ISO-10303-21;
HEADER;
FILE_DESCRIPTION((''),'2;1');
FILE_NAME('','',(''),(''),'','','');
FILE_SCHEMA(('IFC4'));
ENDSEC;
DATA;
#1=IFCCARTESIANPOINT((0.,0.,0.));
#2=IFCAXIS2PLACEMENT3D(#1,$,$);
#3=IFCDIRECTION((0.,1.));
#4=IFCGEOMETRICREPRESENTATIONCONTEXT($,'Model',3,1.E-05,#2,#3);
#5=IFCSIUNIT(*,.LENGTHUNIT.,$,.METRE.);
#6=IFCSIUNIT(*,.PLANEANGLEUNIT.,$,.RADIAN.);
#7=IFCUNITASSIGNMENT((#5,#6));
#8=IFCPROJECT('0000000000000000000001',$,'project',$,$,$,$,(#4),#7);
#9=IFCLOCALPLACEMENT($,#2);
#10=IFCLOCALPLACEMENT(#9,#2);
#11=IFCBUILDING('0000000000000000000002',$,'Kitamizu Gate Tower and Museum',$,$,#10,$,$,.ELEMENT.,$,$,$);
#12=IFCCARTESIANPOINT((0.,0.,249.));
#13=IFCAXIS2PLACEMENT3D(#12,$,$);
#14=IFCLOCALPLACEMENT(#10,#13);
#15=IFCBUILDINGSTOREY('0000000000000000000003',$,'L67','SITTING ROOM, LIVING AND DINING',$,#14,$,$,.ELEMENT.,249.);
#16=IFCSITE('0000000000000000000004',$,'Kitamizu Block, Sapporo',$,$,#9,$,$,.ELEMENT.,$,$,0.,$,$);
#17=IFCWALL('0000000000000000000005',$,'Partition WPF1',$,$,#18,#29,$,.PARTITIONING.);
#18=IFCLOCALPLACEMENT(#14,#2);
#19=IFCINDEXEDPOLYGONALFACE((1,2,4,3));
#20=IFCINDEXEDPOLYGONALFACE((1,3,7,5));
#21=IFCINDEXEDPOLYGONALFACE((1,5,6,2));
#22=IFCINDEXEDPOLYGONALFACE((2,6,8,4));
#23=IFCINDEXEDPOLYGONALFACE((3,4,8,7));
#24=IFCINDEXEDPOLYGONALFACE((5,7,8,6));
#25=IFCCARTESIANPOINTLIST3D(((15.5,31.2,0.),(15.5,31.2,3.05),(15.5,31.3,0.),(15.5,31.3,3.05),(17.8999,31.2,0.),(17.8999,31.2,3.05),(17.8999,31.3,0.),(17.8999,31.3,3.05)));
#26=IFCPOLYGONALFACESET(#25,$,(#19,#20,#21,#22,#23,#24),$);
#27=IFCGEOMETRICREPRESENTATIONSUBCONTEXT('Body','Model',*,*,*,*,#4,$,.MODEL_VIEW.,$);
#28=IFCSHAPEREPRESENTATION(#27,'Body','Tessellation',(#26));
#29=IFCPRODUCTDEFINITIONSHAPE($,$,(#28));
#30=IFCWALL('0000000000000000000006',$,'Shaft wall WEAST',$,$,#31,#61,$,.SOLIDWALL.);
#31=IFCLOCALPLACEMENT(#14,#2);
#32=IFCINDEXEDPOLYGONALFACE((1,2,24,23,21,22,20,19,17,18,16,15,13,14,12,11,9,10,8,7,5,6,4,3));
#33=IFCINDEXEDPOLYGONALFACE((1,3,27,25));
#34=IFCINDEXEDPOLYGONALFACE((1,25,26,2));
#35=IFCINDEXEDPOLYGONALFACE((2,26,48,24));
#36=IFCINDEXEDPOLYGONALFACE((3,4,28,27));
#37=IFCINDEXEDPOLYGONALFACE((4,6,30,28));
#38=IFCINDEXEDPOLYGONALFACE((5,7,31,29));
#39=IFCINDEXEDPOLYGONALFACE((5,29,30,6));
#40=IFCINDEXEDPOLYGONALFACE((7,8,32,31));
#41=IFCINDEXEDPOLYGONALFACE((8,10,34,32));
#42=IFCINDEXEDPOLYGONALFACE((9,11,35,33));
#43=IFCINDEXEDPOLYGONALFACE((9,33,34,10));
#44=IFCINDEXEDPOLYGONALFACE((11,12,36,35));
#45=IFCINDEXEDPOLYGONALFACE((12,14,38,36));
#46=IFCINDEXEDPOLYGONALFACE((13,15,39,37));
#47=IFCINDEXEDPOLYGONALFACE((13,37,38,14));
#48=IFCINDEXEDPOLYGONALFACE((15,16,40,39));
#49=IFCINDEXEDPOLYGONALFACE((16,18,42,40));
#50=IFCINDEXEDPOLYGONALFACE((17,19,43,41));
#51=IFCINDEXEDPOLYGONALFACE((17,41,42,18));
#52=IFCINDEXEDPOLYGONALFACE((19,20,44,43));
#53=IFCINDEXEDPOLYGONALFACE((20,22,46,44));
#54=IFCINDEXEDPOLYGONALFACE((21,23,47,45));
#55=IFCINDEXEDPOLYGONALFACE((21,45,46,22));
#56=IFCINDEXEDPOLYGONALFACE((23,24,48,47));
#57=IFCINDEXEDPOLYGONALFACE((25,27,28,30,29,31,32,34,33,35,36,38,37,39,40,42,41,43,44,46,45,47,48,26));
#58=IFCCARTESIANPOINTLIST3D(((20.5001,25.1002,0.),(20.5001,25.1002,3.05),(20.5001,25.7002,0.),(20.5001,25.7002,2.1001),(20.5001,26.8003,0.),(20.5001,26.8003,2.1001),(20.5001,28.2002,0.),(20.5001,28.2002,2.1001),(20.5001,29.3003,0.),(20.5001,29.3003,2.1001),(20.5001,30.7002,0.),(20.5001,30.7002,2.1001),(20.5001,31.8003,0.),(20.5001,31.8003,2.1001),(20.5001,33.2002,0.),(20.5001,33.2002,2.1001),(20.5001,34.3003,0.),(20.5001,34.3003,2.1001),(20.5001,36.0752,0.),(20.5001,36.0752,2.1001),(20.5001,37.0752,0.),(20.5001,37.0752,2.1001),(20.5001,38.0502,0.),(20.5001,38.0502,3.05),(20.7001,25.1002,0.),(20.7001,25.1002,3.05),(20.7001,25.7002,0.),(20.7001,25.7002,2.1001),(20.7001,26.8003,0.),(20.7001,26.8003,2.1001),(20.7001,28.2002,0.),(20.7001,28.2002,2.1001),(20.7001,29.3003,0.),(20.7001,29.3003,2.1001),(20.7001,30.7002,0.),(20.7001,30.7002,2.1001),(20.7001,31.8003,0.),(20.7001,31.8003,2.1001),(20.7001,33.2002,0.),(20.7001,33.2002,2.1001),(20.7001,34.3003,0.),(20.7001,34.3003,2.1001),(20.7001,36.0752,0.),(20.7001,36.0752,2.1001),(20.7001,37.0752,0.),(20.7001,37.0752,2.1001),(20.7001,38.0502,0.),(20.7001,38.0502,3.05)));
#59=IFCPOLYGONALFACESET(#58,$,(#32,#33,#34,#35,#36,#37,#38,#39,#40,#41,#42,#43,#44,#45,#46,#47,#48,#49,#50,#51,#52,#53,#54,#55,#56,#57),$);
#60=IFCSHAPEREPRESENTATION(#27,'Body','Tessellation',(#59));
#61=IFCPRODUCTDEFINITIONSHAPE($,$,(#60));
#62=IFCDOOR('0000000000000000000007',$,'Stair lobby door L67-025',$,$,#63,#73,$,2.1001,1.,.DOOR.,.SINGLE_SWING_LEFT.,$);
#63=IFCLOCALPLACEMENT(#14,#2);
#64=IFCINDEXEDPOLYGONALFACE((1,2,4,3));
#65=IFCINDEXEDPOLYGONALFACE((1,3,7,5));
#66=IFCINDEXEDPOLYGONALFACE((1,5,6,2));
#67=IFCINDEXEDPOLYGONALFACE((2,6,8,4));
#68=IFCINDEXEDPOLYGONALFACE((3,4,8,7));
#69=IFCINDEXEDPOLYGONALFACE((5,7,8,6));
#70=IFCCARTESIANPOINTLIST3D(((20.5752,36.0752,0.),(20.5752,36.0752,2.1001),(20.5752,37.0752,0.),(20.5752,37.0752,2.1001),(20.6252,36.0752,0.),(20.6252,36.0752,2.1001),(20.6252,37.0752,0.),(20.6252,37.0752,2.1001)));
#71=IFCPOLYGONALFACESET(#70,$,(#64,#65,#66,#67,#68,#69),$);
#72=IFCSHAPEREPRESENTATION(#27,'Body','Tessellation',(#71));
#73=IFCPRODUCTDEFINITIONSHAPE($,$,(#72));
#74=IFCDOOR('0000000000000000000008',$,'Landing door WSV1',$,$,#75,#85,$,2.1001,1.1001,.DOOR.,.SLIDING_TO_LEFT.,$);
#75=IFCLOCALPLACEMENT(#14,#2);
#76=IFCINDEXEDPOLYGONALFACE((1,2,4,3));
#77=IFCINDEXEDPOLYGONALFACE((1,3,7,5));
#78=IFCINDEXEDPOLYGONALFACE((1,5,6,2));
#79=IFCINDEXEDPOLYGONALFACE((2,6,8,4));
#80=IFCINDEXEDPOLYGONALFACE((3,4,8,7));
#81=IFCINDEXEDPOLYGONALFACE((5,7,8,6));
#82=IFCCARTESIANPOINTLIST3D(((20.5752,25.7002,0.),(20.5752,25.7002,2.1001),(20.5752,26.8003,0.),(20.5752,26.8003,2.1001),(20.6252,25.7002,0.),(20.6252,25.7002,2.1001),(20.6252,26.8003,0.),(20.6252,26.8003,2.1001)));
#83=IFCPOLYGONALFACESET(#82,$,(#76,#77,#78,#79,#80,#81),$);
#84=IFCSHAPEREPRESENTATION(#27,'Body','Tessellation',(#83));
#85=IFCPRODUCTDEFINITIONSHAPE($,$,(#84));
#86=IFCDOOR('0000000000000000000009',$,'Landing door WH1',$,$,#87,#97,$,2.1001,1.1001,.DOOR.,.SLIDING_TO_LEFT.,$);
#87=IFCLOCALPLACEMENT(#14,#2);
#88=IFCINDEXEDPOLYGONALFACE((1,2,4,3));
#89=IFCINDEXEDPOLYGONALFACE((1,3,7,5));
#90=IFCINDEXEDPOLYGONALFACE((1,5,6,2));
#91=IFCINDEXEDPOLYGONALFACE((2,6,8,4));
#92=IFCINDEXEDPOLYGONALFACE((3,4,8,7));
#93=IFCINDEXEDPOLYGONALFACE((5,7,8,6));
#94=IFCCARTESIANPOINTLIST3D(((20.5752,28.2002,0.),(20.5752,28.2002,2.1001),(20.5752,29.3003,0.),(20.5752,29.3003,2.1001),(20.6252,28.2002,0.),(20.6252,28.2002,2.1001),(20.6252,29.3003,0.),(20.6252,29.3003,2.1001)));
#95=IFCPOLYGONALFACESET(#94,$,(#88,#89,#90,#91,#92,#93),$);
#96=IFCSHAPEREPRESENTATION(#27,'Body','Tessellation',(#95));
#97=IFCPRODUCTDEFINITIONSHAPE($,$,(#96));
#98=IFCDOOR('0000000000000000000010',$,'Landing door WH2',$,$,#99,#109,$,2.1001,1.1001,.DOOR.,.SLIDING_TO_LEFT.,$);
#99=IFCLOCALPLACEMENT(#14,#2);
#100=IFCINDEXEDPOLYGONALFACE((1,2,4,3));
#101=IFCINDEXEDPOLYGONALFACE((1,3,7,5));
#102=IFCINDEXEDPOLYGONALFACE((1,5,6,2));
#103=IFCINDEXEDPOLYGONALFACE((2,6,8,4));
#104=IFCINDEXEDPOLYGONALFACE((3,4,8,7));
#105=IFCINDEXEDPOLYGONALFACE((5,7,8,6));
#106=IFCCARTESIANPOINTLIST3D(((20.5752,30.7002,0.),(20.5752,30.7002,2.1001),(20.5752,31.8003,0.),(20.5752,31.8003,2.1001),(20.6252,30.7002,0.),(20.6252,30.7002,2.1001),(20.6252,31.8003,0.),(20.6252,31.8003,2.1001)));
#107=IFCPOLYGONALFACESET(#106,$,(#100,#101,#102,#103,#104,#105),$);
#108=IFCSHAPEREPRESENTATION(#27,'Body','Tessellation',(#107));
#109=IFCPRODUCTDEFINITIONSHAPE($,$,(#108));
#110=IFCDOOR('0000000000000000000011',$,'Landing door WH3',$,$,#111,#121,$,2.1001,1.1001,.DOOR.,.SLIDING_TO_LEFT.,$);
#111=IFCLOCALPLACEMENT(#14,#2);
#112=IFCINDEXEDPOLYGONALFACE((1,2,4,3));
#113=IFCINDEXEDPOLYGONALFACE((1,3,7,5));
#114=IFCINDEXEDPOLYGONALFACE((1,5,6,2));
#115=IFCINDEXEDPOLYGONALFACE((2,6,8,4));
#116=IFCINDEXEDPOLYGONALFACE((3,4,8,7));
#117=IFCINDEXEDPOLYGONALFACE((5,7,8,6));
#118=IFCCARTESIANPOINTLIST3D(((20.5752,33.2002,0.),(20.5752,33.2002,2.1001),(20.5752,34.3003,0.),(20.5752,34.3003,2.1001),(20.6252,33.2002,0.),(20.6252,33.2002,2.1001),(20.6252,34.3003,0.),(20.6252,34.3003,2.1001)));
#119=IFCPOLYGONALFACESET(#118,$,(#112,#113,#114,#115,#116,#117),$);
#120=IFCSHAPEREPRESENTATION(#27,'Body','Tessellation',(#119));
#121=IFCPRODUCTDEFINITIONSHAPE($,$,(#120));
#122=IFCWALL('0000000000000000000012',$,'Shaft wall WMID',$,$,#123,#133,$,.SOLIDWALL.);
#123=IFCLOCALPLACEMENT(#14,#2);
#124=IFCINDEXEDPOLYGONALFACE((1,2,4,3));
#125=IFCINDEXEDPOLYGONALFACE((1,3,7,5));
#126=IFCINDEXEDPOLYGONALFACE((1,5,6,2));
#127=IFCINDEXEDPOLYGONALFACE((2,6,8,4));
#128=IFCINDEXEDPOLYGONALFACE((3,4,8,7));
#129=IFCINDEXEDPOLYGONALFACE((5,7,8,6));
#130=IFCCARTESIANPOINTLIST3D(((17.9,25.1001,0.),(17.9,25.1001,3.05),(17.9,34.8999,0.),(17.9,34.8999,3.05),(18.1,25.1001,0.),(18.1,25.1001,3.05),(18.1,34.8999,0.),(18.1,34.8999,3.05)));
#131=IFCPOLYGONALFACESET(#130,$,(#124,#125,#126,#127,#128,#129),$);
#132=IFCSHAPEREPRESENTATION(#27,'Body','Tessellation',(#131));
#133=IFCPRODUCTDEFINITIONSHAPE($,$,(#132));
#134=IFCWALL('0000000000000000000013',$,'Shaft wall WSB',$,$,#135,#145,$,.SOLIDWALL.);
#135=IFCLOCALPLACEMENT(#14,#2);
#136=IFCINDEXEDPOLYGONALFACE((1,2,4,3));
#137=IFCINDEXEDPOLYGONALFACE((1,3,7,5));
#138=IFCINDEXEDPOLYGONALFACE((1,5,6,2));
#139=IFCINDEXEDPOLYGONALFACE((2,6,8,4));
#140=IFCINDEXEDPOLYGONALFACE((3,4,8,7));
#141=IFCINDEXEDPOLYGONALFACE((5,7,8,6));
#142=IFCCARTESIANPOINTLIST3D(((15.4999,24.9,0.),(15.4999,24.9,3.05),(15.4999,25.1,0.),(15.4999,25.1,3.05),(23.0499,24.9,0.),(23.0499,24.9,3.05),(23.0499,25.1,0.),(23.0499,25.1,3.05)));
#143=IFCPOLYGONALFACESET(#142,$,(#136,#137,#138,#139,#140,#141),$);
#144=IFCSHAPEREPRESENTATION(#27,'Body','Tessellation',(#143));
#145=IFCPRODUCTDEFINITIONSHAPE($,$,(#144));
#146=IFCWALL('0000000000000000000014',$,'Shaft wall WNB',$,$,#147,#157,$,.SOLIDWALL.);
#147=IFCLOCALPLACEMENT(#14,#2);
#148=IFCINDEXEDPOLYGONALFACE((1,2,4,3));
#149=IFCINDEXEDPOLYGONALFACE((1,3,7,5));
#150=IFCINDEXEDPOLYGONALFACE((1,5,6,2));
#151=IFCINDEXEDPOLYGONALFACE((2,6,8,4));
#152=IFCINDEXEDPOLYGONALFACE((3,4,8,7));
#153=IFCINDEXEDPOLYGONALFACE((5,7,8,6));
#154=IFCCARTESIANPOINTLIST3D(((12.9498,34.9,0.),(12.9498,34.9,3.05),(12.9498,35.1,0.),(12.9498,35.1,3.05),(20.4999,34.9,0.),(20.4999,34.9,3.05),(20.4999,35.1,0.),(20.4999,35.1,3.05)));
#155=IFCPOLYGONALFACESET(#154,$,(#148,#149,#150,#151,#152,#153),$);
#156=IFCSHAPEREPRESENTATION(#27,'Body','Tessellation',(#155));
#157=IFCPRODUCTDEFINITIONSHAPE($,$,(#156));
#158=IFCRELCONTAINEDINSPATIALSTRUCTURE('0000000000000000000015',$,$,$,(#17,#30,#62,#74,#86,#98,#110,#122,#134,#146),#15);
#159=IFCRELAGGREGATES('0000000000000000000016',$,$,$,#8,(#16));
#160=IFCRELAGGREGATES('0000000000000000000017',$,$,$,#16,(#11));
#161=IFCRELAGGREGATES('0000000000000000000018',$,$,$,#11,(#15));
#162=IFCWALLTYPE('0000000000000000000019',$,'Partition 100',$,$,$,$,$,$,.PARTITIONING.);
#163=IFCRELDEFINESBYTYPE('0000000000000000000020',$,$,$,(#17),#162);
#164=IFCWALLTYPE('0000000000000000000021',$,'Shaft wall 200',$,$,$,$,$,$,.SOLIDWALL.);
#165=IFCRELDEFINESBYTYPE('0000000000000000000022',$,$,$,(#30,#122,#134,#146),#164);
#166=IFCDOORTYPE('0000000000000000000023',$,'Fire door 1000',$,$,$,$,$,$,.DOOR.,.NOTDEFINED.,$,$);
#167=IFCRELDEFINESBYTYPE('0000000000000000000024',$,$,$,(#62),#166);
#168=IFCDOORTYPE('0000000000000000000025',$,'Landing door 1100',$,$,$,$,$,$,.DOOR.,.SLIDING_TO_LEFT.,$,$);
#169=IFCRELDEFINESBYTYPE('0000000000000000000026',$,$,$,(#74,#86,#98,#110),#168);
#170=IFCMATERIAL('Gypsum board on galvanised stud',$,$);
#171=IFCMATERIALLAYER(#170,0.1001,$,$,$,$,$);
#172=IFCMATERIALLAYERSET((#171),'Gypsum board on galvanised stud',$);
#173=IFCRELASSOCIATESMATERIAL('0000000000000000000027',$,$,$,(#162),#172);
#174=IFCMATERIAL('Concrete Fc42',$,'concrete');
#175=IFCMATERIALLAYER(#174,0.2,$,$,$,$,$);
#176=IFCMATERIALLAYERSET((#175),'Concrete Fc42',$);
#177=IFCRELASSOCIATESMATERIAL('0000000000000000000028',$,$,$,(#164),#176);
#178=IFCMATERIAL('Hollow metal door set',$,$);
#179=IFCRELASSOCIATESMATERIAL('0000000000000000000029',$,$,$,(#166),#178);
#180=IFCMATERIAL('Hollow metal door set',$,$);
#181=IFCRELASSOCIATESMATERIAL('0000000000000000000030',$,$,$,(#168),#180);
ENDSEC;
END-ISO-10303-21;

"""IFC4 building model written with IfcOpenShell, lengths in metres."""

from ifc_helpers import new_model, si_unit, direction, frame, frame_2d, origin, place, context, subcontext, project, spatial, rectangle, extrude, material, layer, layer_set, type_object, element, fill, save


model = new_model("IFC4")

# Units and contexts
model_context = context("Model", 3, precision=1e-05, world=origin(), true_north=direction((0.0, 1.0)))
body_context = subcontext(model_context, "Body", "Model", "MODEL_VIEW")
ifc_project = project(units=[si_unit("LENGTHUNIT", "METRE"), si_unit("PLANEANGLEUNIT", "RADIAN")], contexts=[model_context])

# Site, building, storey
site_placement = place(None, origin())
site = spatial("IfcSite", under=ifc_project, at=site_placement, Name="Kitamizu Block, Sapporo", CompositionType="ELEMENT", RefElevation=0.0)
building_placement = place(site_placement, origin())
building = spatial("IfcBuilding", under=site, at=building_placement, Name="Kitamizu Gate Tower and Museum", CompositionType="ELEMENT")
storey_placement = place(building_placement, frame((0.0, 0.0, 249.0)))
storey = spatial("IfcBuildingStorey", under=building, at=storey_placement, Name="L67", Description="SITTING ROOM, LIVING AND DINING", CompositionType="ELEMENT", Elevation=249.0)

# Wall
ifc_material_1 = material(Name="Gypsum board on galvanised stud")
ifc_layer_1 = layer(ifc_material_1, 0.1001)
ifc_layer_set_1 = layer_set([ifc_layer_1], Name="Gypsum board on galvanised stud")
wall_type_1 = type_object("IfcWallType", Name="Partition 100", PredefinedType="PARTITIONING", material=ifc_layer_set_1)
wall_1_placement = place(storey_placement, frame((15.5, 31.25, 0.0), z_axis=(0.0, 0.0, 1.0), x_axis=(1.0, 0.0, 0.0)))
element("IfcWall", 1, at=wall_1_placement, inside=storey, type_object=wall_type_1, Name="Partition WPF1", PredefinedType="PARTITIONING", context=body_context, shape_type="SweptSolid", body=[
    extrude(rectangle(XDim=2.3999, YDim=0.1001, at=frame_2d((1.2, 0.0))), origin(), (0.0, 0.0, 1.0), 3.05),
])

# Wall, openings, doors
ifc_material_2 = material(Name="Concrete Fc42", Category="concrete")
ifc_layer_2 = layer(ifc_material_2, 0.2)
ifc_layer_set_2 = layer_set([ifc_layer_2], Name="Concrete Fc42")
wall_type_2 = type_object("IfcWallType", Name="Shaft wall 200", PredefinedType="SOLIDWALL", material=ifc_layer_set_2)
wall_2_placement = place(storey_placement, frame((20.6001, 25.1001, 0.0), z_axis=(0.0, 0.0, 1.0), x_axis=(0.0, 1.0, 0.0)))
wall_2 = element("IfcWall", 2, at=wall_2_placement, inside=storey, type_object=wall_type_2, Name="Shaft wall WEAST", PredefinedType="SOLIDWALL", context=body_context, shape_type="SweptSolid", body=[
    extrude(rectangle(XDim=12.95, YDim=0.2, at=frame_2d((6.4751, 0.0))), origin(), (0.0, 0.0, 1.0), 3.05),
])
opening_1_placement = place(wall_2_placement, frame((0.6001, 0.0, 0.0)))
opening_1 = element("IfcOpeningElement", 3, at=opening_1_placement, cuts=wall_2, PredefinedType="OPENING", context=body_context, shape_type="SweptSolid", body=[
    extrude(rectangle(XDim=1.1001, YDim=2.1001, at=frame_2d((0.55, 1.05))), frame((0.0, 0.1099, 0.0), z_axis=(0.0, -1.0, 0.0), x_axis=(1.0, 0.0, 0.0)), (0.0, 0.0, 1.0), 0.22),
])
opening_2_placement = place(wall_2_placement, frame((3.1001, 0.0, 0.0)))
opening_2 = element("IfcOpeningElement", 4, at=opening_2_placement, cuts=wall_2, PredefinedType="OPENING", context=body_context, shape_type="SweptSolid", body=[
    extrude(rectangle(XDim=1.1001, YDim=2.1001, at=frame_2d((0.55, 1.05))), frame((0.0, 0.1099, 0.0), z_axis=(0.0, -1.0, 0.0), x_axis=(1.0, 0.0, 0.0)), (0.0, 0.0, 1.0), 0.22),
])
opening_3_placement = place(wall_2_placement, frame((5.6001, 0.0, 0.0)))
opening_3 = element("IfcOpeningElement", 5, at=opening_3_placement, cuts=wall_2, PredefinedType="OPENING", context=body_context, shape_type="SweptSolid", body=[
    extrude(rectangle(XDim=1.1001, YDim=2.1001, at=frame_2d((0.55, 1.05))), frame((0.0, 0.1099, 0.0), z_axis=(0.0, -1.0, 0.0), x_axis=(1.0, 0.0, 0.0)), (0.0, 0.0, 1.0), 0.22),
])
opening_4_placement = place(wall_2_placement, frame((8.1001, 0.0, 0.0)))
opening_4 = element("IfcOpeningElement", 6, at=opening_4_placement, cuts=wall_2, PredefinedType="OPENING", context=body_context, shape_type="SweptSolid", body=[
    extrude(rectangle(XDim=1.1001, YDim=2.1001, at=frame_2d((0.55, 1.05))), frame((0.0, 0.1099, 0.0), z_axis=(0.0, -1.0, 0.0), x_axis=(1.0, 0.0, 0.0)), (0.0, 0.0, 1.0), 0.22),
])
opening_5_placement = place(wall_2_placement, frame((10.9751, 0.0, 0.0)))
opening_5 = element("IfcOpeningElement", 7, at=opening_5_placement, cuts=wall_2, PredefinedType="OPENING", context=body_context, shape_type="SweptSolid", body=[
    extrude(rectangle(XDim=1.0, YDim=2.1001, at=frame_2d((0.5, 1.05))), frame((0.0, 0.1099, 0.0), z_axis=(0.0, -1.0, 0.0), x_axis=(1.0, 0.0, 0.0)), (0.0, 0.0, 1.0), 0.22),
])
ifc_material_3 = material(Name="Hollow metal door set")
door_type_1 = type_object("IfcDoorType", Name="Fire door 1000", OperationType="NOTDEFINED", PredefinedType="DOOR", material=ifc_material_3)
door_1_placement = place(opening_5_placement, origin())
door_1 = element("IfcDoor", 8, at=door_1_placement, inside=storey, type_object=door_type_1, Name="Stair lobby door L67-025", OperationType="SINGLE_SWING_LEFT", OverallHeight=2.1001, OverallWidth=1.0, PredefinedType="DOOR", context=body_context, shape_type="SweptSolid", body=[
    extrude(rectangle(XDim=1.0, YDim=2.1001, at=frame_2d((0.5, 1.05))), frame((0.0, 0.0249, 0.0), z_axis=(0.0, -1.0, 0.0), x_axis=(1.0, 0.0, 0.0)), (0.0, 0.0, 1.0), 0.05),
])
fill(opening_5, door_1)
ifc_material_4 = material(Name="Hollow metal door set")
door_type_2 = type_object("IfcDoorType", Name="Landing door 1100", OperationType="SLIDING_TO_LEFT", PredefinedType="DOOR", material=ifc_material_4)
door_2_placement = place(opening_1_placement, origin())
door_2 = element("IfcDoor", 9, at=door_2_placement, inside=storey, type_object=door_type_2, Name="Landing door WSV1", OperationType="SLIDING_TO_LEFT", OverallHeight=2.1001, OverallWidth=1.1001, PredefinedType="DOOR", context=body_context, shape_type="SweptSolid", body=[
    extrude(rectangle(XDim=1.1001, YDim=2.1001, at=frame_2d((0.55, 1.05))), frame((0.0, 0.0249, 0.0), z_axis=(0.0, -1.0, 0.0), x_axis=(1.0, 0.0, 0.0)), (0.0, 0.0, 1.0), 0.05),
])
fill(opening_1, door_2)
door_3_placement = place(opening_2_placement, origin())
door_3 = element("IfcDoor", 10, at=door_3_placement, inside=storey, type_object=door_type_2, Name="Landing door WH1", OperationType="SLIDING_TO_LEFT", OverallHeight=2.1001, OverallWidth=1.1001, PredefinedType="DOOR", context=body_context, shape_type="SweptSolid", body=[
    extrude(rectangle(XDim=1.1001, YDim=2.1001, at=frame_2d((0.55, 1.05))), frame((0.0, 0.0249, 0.0), z_axis=(0.0, -1.0, 0.0), x_axis=(1.0, 0.0, 0.0)), (0.0, 0.0, 1.0), 0.05),
])
fill(opening_2, door_3)
door_4_placement = place(opening_3_placement, origin())
door_4 = element("IfcDoor", 11, at=door_4_placement, inside=storey, type_object=door_type_2, Name="Landing door WH2", OperationType="SLIDING_TO_LEFT", OverallHeight=2.1001, OverallWidth=1.1001, PredefinedType="DOOR", context=body_context, shape_type="SweptSolid", body=[
    extrude(rectangle(XDim=1.1001, YDim=2.1001, at=frame_2d((0.55, 1.05))), frame((0.0, 0.0249, 0.0), z_axis=(0.0, -1.0, 0.0), x_axis=(1.0, 0.0, 0.0)), (0.0, 0.0, 1.0), 0.05),
])
fill(opening_3, door_4)
door_5_placement = place(opening_4_placement, origin())
door_5 = element("IfcDoor", 12, at=door_5_placement, inside=storey, type_object=door_type_2, Name="Landing door WH3", OperationType="SLIDING_TO_LEFT", OverallHeight=2.1001, OverallWidth=1.1001, PredefinedType="DOOR", context=body_context, shape_type="SweptSolid", body=[
    extrude(rectangle(XDim=1.1001, YDim=2.1001, at=frame_2d((0.55, 1.05))), frame((0.0, 0.0249, 0.0), z_axis=(0.0, -1.0, 0.0), x_axis=(1.0, 0.0, 0.0)), (0.0, 0.0, 1.0), 0.05),
])
fill(opening_4, door_5)

# Walls
wall_3_placement = place(storey_placement, frame((18.0, 25.1001, 0.0), z_axis=(0.0, 0.0, 1.0), x_axis=(0.0, 1.0, 0.0)))
element("IfcWall", 13, at=wall_3_placement, inside=storey, type_object=wall_type_2, Name="Shaft wall WMID", PredefinedType="SOLIDWALL", context=body_context, shape_type="SweptSolid", body=[
    extrude(rectangle(XDim=9.7998, YDim=0.2, at=frame_2d((4.8999, 0.0))), origin(), (0.0, 0.0, 1.0), 3.05),
])
for number, where, z_axis, x_axis, name in (
    (14, (15.5, 25.0, 0.0), (0.0, 0.0, 1.0), (1.0, 0.0, 0.0), "Shaft wall WSB"),
    (15, (12.95, 35.0, 0.0), (0.0, 0.0, 1.0), (1.0, 0.0, 0.0), "Shaft wall WNB"),
):
    element("IfcWall", number, at=place(storey_placement, frame(where, z_axis=z_axis, x_axis=x_axis)), inside=storey, type_object=wall_type_2, Name=name, PredefinedType="SOLIDWALL", context=body_context, shape_type="SweptSolid", body=[
        extrude(rectangle(XDim=7.55, YDim=0.2, at=frame_2d((3.7749, 0.0))), origin(), (0.0, 0.0, 1.0), 3.05),
    ])

save(model, "model.ifc")
